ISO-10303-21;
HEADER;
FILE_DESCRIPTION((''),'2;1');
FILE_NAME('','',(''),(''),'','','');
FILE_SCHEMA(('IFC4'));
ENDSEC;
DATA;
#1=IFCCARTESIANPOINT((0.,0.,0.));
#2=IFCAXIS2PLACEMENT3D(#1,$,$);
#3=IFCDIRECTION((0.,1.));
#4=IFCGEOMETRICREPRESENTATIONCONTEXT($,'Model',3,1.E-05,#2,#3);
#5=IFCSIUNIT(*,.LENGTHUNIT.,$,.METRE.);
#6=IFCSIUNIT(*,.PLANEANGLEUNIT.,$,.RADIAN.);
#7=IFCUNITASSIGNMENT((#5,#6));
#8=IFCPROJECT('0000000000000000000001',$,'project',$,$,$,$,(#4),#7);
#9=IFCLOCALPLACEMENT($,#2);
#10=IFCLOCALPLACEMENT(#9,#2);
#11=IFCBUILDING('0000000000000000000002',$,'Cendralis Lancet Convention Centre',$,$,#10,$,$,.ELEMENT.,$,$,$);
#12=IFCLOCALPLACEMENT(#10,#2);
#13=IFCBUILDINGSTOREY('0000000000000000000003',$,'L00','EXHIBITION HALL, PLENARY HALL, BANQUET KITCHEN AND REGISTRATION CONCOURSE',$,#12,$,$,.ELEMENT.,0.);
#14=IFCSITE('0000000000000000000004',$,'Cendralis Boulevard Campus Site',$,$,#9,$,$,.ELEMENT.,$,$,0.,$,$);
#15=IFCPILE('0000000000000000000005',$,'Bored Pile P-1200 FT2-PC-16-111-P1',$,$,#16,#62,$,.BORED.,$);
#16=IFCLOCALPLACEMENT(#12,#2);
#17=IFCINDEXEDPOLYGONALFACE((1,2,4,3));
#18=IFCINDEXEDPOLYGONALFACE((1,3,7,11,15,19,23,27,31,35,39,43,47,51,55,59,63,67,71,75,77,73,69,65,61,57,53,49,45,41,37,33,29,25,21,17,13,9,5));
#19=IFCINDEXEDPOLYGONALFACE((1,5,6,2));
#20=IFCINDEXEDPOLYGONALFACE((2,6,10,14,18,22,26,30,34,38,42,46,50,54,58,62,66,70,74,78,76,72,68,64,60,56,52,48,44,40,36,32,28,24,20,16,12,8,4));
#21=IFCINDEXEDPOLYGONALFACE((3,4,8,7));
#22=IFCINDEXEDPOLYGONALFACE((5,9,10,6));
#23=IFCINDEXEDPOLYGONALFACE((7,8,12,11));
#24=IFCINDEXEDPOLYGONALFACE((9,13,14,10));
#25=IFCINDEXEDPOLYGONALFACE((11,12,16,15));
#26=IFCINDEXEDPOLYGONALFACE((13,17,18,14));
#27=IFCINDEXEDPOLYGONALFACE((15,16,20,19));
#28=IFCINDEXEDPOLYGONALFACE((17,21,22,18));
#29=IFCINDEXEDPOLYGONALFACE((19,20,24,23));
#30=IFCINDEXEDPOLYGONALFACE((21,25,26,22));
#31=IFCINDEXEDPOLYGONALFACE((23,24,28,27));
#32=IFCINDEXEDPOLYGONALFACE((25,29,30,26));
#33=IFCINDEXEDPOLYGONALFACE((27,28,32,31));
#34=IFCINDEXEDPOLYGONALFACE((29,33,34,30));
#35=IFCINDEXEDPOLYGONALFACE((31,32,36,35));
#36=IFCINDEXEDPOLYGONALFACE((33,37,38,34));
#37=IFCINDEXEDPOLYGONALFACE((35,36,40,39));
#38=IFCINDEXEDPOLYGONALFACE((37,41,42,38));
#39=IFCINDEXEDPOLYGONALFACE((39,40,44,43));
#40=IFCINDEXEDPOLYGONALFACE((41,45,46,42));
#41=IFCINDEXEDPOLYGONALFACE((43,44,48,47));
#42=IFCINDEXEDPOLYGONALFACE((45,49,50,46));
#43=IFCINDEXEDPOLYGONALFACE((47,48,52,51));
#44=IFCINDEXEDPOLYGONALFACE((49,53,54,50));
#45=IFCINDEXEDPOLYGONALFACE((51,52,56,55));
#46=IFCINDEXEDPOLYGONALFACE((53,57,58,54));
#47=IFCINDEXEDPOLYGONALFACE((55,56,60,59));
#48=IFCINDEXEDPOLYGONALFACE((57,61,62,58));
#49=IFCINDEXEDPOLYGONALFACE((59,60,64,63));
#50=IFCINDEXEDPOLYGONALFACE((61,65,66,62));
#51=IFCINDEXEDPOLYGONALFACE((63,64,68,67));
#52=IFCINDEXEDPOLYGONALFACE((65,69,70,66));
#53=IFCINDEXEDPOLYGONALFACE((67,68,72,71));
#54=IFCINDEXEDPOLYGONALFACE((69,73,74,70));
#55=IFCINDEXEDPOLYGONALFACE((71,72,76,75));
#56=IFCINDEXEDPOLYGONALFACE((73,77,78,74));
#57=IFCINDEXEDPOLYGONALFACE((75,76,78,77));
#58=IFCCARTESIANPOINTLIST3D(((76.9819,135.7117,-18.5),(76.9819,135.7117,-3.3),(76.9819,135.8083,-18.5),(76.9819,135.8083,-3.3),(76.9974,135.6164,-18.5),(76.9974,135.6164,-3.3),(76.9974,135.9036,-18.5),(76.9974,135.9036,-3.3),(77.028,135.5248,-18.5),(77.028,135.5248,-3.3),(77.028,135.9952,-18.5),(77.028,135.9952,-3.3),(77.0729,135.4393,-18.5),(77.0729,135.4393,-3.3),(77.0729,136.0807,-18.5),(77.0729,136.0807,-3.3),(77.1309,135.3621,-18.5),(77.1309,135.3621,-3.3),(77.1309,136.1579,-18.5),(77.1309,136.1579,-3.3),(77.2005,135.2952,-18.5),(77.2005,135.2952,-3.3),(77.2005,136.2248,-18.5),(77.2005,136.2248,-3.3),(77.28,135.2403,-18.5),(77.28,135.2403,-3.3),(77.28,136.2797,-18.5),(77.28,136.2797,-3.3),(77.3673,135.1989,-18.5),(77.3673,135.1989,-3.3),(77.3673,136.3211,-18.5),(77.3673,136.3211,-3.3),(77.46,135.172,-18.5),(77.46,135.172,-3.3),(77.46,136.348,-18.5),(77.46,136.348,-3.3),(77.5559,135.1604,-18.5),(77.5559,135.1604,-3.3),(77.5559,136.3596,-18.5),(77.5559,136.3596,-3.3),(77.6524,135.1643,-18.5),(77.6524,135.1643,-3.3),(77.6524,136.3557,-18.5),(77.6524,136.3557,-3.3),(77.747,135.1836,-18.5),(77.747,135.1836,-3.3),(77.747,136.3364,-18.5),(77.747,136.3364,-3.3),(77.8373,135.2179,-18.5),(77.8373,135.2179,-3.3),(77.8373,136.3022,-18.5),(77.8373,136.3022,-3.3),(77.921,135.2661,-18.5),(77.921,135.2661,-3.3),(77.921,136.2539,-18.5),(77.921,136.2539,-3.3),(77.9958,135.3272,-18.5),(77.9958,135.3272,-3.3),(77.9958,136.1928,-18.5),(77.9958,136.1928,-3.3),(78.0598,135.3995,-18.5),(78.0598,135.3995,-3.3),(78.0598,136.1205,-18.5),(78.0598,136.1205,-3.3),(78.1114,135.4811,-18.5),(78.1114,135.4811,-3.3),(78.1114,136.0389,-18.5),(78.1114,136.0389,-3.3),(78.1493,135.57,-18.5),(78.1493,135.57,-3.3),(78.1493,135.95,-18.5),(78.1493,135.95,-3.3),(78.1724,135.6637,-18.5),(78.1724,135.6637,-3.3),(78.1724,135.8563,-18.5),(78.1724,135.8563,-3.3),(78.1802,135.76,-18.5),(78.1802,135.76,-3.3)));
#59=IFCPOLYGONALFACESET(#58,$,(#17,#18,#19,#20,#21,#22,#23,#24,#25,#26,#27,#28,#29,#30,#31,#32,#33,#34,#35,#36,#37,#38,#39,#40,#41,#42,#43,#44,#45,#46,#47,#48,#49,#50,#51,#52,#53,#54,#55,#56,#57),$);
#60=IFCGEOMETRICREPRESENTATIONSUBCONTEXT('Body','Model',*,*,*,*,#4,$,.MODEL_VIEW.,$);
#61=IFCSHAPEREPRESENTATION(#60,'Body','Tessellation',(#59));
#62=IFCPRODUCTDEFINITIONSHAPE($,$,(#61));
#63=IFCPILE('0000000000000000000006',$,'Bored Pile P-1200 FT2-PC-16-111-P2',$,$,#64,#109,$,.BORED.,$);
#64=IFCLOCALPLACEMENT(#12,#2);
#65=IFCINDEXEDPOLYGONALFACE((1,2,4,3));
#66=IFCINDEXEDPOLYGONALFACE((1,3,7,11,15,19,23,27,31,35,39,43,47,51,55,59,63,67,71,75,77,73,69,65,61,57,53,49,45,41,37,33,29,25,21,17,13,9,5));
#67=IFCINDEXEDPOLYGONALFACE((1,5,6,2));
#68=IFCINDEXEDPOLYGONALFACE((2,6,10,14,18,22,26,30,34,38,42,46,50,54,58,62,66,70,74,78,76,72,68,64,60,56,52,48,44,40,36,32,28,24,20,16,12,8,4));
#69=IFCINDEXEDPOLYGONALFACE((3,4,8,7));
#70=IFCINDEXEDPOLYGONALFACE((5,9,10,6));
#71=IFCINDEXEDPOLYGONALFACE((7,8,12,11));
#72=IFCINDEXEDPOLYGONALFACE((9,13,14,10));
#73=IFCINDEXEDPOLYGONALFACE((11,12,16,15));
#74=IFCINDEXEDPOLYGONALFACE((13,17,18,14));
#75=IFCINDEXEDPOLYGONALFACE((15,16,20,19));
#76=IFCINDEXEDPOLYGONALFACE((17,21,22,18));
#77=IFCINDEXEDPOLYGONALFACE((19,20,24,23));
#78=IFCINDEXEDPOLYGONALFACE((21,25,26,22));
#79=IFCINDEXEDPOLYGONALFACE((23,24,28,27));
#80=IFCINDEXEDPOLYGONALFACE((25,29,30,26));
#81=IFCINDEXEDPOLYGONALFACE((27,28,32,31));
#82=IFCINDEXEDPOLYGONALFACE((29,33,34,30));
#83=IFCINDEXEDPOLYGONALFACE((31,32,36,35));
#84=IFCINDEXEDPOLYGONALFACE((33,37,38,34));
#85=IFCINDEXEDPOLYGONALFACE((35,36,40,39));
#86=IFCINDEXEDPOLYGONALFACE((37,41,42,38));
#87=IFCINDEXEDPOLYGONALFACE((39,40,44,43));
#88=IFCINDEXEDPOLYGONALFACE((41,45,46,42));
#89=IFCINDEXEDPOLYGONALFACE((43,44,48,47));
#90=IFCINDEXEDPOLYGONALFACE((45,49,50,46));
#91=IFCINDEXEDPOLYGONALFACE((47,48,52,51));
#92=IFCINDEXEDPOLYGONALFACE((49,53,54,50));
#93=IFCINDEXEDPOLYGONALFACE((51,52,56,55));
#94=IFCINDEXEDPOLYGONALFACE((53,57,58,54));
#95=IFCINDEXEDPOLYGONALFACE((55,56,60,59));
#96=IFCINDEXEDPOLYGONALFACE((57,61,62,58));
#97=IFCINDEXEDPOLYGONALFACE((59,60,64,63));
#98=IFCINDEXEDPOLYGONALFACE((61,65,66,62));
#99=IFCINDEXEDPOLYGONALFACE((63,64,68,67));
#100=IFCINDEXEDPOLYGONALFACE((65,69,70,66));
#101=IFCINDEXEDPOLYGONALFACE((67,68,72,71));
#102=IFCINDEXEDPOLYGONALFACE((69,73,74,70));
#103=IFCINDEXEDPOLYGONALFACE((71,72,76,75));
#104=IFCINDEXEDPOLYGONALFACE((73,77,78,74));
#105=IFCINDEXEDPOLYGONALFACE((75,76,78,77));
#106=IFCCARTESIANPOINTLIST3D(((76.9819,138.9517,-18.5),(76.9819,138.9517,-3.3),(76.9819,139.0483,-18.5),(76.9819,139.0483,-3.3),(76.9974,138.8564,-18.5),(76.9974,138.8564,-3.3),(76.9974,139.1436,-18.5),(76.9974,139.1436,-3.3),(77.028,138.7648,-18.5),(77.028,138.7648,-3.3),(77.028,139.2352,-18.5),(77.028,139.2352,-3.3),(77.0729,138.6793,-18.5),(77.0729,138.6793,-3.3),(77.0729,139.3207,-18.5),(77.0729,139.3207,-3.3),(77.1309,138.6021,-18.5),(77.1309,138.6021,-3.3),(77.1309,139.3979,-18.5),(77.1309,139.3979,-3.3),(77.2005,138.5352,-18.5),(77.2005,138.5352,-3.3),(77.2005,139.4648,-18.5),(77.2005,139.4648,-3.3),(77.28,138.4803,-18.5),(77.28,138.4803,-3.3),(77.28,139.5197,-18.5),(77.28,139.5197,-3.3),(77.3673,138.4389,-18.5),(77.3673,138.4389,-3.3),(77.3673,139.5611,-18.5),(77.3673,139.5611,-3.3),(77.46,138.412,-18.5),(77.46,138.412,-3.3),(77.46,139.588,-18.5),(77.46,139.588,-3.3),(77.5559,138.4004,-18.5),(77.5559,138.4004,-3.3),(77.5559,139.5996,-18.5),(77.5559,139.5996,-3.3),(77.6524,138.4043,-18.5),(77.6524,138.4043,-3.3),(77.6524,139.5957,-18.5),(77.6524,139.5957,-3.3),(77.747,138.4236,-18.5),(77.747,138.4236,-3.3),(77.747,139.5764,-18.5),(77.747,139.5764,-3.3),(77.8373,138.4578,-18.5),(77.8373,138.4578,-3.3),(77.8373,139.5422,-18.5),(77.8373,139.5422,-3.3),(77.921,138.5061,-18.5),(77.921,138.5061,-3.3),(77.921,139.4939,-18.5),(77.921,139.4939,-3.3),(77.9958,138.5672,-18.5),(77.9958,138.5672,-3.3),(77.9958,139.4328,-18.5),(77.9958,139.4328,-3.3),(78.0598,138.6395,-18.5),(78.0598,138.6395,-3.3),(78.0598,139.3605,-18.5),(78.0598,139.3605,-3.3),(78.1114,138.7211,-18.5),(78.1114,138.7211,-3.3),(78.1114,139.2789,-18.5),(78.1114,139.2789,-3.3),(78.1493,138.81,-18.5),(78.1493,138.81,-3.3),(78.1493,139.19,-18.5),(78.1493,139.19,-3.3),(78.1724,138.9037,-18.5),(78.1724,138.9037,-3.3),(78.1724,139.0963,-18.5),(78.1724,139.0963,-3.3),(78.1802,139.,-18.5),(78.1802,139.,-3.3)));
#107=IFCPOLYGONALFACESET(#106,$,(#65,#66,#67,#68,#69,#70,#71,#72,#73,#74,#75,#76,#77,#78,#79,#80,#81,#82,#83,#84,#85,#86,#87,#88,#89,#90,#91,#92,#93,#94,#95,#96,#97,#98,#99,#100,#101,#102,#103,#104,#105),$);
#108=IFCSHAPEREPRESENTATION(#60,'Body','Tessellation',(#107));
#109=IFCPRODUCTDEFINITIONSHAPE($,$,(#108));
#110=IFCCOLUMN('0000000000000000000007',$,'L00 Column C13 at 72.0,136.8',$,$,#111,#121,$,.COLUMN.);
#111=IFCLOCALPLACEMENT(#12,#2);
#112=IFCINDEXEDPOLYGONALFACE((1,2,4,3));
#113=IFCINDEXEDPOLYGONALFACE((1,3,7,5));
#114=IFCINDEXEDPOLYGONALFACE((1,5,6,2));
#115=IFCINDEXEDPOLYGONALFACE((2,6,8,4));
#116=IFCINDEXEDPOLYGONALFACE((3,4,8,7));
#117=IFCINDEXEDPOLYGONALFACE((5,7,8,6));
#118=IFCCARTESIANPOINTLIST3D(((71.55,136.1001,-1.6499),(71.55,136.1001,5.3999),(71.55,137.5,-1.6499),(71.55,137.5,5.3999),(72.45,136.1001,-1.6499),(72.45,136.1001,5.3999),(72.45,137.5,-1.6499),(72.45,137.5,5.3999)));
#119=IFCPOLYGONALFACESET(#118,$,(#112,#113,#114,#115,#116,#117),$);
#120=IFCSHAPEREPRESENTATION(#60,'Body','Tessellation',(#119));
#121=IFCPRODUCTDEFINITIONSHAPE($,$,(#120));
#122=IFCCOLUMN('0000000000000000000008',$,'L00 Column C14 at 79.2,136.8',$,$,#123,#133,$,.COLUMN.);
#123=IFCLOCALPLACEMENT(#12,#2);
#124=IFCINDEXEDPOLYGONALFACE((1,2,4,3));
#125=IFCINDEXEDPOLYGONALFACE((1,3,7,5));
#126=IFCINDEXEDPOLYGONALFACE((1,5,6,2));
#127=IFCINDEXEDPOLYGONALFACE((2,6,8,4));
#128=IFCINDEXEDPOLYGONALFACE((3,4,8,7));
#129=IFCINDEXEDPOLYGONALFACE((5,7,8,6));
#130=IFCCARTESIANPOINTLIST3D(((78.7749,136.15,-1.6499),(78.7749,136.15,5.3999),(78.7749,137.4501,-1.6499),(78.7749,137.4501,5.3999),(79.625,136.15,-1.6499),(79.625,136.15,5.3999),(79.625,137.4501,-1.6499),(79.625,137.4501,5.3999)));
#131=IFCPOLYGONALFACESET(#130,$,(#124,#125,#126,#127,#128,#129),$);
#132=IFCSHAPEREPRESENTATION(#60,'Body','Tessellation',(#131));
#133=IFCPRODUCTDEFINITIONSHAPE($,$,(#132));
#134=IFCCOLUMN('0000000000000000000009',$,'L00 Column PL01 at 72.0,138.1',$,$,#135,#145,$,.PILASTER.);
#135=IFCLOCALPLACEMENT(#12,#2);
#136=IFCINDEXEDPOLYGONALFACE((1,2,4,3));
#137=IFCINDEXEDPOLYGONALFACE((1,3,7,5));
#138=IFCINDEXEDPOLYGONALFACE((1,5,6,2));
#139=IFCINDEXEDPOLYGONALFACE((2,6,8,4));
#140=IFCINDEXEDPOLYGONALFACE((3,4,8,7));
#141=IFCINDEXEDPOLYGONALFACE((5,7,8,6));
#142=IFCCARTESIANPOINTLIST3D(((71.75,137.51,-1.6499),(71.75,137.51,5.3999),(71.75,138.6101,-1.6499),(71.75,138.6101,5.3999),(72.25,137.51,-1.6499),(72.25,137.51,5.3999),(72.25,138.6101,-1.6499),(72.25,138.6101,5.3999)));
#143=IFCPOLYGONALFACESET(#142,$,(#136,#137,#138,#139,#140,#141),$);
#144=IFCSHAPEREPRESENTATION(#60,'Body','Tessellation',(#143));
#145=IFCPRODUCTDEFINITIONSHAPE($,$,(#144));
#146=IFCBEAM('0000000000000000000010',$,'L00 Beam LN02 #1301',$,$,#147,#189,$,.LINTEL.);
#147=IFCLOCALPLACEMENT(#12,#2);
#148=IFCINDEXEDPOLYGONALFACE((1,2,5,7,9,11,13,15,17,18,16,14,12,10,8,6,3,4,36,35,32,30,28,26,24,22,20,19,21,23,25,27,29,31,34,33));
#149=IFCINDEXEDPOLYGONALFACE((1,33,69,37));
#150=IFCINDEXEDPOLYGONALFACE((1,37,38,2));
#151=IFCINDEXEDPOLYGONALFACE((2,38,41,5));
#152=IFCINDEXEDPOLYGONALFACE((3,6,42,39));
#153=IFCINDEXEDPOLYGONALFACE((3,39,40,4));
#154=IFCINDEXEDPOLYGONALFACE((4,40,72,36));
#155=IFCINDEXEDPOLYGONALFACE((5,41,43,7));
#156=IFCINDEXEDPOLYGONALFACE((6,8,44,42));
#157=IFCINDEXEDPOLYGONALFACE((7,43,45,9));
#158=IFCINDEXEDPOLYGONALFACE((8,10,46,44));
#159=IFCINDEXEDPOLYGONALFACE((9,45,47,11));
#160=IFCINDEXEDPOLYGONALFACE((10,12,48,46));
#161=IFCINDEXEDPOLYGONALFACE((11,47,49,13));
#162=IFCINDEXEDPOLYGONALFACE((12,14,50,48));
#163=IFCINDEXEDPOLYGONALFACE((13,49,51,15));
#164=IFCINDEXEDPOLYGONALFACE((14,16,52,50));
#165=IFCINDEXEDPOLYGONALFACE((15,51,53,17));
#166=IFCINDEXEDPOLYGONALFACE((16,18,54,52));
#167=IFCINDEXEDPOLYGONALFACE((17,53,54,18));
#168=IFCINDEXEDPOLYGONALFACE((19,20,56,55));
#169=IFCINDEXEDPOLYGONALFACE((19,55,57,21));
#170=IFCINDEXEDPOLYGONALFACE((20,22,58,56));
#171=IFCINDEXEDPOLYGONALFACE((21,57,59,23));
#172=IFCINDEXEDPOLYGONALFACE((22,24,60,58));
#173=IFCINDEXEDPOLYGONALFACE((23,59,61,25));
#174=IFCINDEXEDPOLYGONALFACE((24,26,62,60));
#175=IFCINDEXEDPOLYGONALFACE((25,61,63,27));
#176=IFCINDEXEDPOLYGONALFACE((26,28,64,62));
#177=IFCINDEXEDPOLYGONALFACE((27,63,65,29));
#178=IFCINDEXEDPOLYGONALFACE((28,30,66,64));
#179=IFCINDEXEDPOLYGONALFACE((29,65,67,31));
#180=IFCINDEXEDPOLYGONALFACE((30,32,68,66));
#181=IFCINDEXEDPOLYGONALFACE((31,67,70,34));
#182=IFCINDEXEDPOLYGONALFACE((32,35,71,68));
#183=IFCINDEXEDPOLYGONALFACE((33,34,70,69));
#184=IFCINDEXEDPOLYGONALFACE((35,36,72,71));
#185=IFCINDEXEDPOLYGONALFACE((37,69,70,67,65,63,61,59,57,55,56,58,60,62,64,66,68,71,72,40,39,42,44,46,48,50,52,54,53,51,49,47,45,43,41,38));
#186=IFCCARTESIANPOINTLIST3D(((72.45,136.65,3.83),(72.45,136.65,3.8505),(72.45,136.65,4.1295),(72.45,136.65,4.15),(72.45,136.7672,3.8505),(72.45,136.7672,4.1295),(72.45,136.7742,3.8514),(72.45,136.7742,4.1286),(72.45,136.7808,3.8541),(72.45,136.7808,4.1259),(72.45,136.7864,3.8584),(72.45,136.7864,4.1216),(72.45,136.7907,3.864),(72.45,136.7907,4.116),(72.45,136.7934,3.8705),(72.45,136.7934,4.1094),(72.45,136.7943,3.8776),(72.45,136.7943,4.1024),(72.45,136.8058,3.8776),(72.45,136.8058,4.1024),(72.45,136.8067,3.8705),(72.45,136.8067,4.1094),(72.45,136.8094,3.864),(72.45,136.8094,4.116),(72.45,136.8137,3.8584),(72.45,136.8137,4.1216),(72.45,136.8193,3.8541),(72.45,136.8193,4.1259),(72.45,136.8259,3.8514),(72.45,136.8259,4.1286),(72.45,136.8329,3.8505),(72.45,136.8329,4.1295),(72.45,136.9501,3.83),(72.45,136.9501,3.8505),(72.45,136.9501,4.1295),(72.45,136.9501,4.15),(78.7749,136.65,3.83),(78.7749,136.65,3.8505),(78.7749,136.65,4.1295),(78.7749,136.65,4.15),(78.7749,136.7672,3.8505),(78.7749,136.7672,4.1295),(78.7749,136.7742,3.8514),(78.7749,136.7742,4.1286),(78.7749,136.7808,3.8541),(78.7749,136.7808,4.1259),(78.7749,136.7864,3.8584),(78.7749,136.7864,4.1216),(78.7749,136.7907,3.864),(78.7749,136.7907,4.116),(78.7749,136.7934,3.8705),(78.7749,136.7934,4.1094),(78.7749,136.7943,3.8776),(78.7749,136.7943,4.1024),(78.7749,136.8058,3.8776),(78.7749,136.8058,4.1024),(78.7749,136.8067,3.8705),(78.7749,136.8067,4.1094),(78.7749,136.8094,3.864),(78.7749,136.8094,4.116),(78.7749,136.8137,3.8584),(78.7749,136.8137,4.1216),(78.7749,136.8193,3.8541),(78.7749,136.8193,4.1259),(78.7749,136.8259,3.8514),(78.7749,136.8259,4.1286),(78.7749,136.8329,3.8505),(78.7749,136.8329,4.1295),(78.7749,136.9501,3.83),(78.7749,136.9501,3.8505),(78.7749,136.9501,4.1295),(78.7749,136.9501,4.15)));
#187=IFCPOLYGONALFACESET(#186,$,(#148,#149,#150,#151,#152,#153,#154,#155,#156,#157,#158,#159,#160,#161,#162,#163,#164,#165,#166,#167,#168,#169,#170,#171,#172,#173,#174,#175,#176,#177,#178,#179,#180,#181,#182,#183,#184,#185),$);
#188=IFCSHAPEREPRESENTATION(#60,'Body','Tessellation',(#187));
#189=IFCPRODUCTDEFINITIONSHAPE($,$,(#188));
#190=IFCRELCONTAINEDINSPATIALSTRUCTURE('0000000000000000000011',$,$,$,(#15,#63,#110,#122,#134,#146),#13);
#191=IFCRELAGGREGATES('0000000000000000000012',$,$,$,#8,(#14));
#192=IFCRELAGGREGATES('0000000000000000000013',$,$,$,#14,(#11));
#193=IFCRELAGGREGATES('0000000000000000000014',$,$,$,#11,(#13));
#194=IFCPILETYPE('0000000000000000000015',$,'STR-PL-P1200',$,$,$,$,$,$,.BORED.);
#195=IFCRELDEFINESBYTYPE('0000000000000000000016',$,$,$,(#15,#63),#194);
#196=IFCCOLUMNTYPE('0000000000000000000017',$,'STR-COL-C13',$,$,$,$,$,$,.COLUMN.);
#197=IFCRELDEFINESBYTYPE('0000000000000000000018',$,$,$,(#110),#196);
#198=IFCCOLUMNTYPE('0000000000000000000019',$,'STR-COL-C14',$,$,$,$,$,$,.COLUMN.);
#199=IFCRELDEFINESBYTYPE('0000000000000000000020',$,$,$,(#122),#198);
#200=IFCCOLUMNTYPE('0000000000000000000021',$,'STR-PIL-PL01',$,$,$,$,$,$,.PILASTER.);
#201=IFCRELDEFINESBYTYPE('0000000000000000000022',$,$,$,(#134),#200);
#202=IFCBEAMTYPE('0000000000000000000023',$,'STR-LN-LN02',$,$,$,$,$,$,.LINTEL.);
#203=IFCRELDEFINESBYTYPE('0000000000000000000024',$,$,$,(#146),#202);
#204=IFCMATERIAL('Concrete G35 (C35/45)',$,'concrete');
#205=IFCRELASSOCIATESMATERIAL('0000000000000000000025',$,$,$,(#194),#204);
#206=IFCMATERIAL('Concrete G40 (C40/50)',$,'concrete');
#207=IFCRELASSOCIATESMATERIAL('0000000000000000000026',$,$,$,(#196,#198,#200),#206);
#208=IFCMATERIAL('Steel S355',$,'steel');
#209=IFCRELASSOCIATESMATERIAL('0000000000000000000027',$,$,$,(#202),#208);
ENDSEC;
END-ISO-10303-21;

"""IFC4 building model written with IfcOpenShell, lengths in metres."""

from ifc_helpers import new_model, si_unit, direction, frame, origin, origin_2d, place, context, subcontext, project, spatial, rectangle, circle, i_section, extrude, material, material_profile, profile_set, type_object, element, save


model = new_model("IFC4")

# Units and contexts
model_context = context("Model", 3, precision=1e-05, world=origin(), true_north=direction((0.0, 1.0)))
body_context = subcontext(model_context, "Body", "Model", "MODEL_VIEW")
ifc_project = project(units=[si_unit("LENGTHUNIT", "METRE"), si_unit("PLANEANGLEUNIT", "RADIAN")], contexts=[model_context])

# Site, building, storey
site_placement = place(None, origin())
site = spatial("IfcSite", under=ifc_project, at=site_placement, Name="Cendralis Boulevard Campus Site", CompositionType="ELEMENT", RefElevation=0.0)
building_placement = place(site_placement, origin())
building = spatial("IfcBuilding", under=site, at=building_placement, Name="Cendralis Lancet Convention Centre", CompositionType="ELEMENT")
storey_placement = place(building_placement, origin())
storey = spatial("IfcBuildingStorey", under=building, at=storey_placement, Name="L00", Description="EXHIBITION HALL, PLENARY HALL, BANQUET KITCHEN AND REGISTRATION CONCOURSE", CompositionType="ELEMENT", Elevation=0.0)

# Shared definitions
ifc_material_1 = material(Name="Concrete G35 (C35/45)", Category="concrete")

# Piles
ifc_material_profile_1 = material_profile(ifc_material_1, circle(Radius=0.6001, at=origin_2d()), Name="BORED PILE D1200")
ifc_profile_set_1 = profile_set([ifc_material_profile_1], Name="Concrete G35 (C35/45)")
pile_type = type_object("IfcPileType", Name="STR-PL-P1200", PredefinedType="BORED", material=ifc_profile_set_1)
for number, where, z_axis, x_axis, name in (
    (1, (77.5801, 135.76, -3.3), (0.0, 0.0, -1.0), (1.0, 0.0, 0.0), "Bored Pile P-1200 FT2-PC-16-111-P1"),
    (2, (77.5801, 139.0, -3.3), (0.0, 0.0, -1.0), (1.0, 0.0, 0.0), "Bored Pile P-1200 FT2-PC-16-111-P2"),
):
    element("IfcPile", number, at=place(storey_placement, frame(where, z_axis=z_axis, x_axis=x_axis)), inside=storey, type_object=pile_type, Name=name, PredefinedType="BORED", context=body_context, shape_type="SweptSolid", body=[
        extrude(circle(Radius=0.6001, at=origin_2d()), origin(), (0.0, 0.0, 1.0), 15.2),
    ])

# Columns
ifc_material_2 = material(Name="Concrete G40 (C40/50)", Category="concrete")
ifc_material_profile_2 = material_profile(ifc_material_2, rectangle(XDim=0.8999, YDim=1.3999, at=origin_2d()), Name="RC 900x1400")
ifc_profile_set_2 = profile_set([ifc_material_profile_2], Name="Concrete G40 (C40/50)")
column_type_1 = type_object("IfcColumnType", Name="STR-COL-C13", PredefinedType="COLUMN", material=ifc_profile_set_2)
column_1_placement = place(storey_placement, frame((72.0, 136.8, -1.6499), z_axis=(0.0, 0.0, 1.0), x_axis=(1.0, 0.0, 0.0)))
element("IfcColumn", 3, at=column_1_placement, inside=storey, type_object=column_type_1, Name="L00 Column C13 at 72.0,136.8", PredefinedType="COLUMN", context=body_context, shape_type="SweptSolid", body=[
    extrude(rectangle(XDim=0.8999, YDim=1.3999, at=origin_2d()), origin(), (0.0, 0.0, 1.0), 7.0498),
])
ifc_material_profile_3 = material_profile(ifc_material_2, rectangle(XDim=0.8501, YDim=1.3, at=origin_2d()), Name="RC 850x1300")
ifc_profile_set_3 = profile_set([ifc_material_profile_3], Name="Concrete G40 (C40/50)")
column_type_2 = type_object("IfcColumnType", Name="STR-COL-C14", PredefinedType="COLUMN", material=ifc_profile_set_3)
column_2_placement = place(storey_placement, frame((79.2, 136.8, -1.6499), z_axis=(0.0, 0.0, 1.0), x_axis=(1.0, 0.0, 0.0)))
element("IfcColumn", 4, at=column_2_placement, inside=storey, type_object=column_type_2, Name="L00 Column C14 at 79.2,136.8", PredefinedType="COLUMN", context=body_context, shape_type="SweptSolid", body=[
    extrude(rectangle(XDim=0.8501, YDim=1.3, at=origin_2d()), origin(), (0.0, 0.0, 1.0), 7.0498),
])
ifc_material_profile_4 = material_profile(ifc_material_2, rectangle(XDim=0.5, YDim=1.1001, at=origin_2d()), Name="RC 500x1100")
ifc_profile_set_4 = profile_set([ifc_material_profile_4], Name="Concrete G40 (C40/50)")
column_type_3 = type_object("IfcColumnType", Name="STR-PIL-PL01", PredefinedType="PILASTER", material=ifc_profile_set_4)
column_3_placement = place(storey_placement, frame((72.0, 138.0601, -1.6499), z_axis=(0.0, 0.0, 1.0), x_axis=(1.0, 0.0, 0.0)))
element("IfcColumn", 5, at=column_3_placement, inside=storey, type_object=column_type_3, Name="L00 Column PL01 at 72.0,138.1", PredefinedType="PILASTER", context=body_context, shape_type="SweptSolid", body=[
    extrude(rectangle(XDim=0.5, YDim=1.1001, at=origin_2d()), origin(), (0.0, 0.0, 1.0), 7.0498),
])

# Beam
ifc_material_3 = material(Name="Steel S355", Category="steel")
ifc_material_profile_5 = material_profile(ifc_material_3, i_section(OverallWidth=0.3, OverallDepth=0.3201, WebThickness=0.0115, FlangeThickness=0.0205, FilletRadius=0.0271, at=origin_2d()), Name="HEB 320")
ifc_profile_set_5 = profile_set([ifc_material_profile_5], Name="Steel S355")
beam_type = type_object("IfcBeamType", Name="STR-LN-LN02", PredefinedType="LINTEL", material=ifc_profile_set_5)
beam_placement = place(storey_placement, frame((72.45, 136.8, 3.99), z_axis=(1.0, 0.0, 0.0), x_axis=(0.0, 1.0, 0.0)))
element("IfcBeam", 6, at=beam_placement, inside=storey, type_object=beam_type, Name="L00 Beam LN02 #1301", PredefinedType="LINTEL", context=body_context, shape_type="SweptSolid", body=[
    extrude(i_section(OverallWidth=0.3, OverallDepth=0.3201, WebThickness=0.0115, FlangeThickness=0.0205, FilletRadius=0.0271, at=origin_2d()), origin(), (0.0, 0.0, 1.0), 6.325),
])

save(model, "model.ifc")
